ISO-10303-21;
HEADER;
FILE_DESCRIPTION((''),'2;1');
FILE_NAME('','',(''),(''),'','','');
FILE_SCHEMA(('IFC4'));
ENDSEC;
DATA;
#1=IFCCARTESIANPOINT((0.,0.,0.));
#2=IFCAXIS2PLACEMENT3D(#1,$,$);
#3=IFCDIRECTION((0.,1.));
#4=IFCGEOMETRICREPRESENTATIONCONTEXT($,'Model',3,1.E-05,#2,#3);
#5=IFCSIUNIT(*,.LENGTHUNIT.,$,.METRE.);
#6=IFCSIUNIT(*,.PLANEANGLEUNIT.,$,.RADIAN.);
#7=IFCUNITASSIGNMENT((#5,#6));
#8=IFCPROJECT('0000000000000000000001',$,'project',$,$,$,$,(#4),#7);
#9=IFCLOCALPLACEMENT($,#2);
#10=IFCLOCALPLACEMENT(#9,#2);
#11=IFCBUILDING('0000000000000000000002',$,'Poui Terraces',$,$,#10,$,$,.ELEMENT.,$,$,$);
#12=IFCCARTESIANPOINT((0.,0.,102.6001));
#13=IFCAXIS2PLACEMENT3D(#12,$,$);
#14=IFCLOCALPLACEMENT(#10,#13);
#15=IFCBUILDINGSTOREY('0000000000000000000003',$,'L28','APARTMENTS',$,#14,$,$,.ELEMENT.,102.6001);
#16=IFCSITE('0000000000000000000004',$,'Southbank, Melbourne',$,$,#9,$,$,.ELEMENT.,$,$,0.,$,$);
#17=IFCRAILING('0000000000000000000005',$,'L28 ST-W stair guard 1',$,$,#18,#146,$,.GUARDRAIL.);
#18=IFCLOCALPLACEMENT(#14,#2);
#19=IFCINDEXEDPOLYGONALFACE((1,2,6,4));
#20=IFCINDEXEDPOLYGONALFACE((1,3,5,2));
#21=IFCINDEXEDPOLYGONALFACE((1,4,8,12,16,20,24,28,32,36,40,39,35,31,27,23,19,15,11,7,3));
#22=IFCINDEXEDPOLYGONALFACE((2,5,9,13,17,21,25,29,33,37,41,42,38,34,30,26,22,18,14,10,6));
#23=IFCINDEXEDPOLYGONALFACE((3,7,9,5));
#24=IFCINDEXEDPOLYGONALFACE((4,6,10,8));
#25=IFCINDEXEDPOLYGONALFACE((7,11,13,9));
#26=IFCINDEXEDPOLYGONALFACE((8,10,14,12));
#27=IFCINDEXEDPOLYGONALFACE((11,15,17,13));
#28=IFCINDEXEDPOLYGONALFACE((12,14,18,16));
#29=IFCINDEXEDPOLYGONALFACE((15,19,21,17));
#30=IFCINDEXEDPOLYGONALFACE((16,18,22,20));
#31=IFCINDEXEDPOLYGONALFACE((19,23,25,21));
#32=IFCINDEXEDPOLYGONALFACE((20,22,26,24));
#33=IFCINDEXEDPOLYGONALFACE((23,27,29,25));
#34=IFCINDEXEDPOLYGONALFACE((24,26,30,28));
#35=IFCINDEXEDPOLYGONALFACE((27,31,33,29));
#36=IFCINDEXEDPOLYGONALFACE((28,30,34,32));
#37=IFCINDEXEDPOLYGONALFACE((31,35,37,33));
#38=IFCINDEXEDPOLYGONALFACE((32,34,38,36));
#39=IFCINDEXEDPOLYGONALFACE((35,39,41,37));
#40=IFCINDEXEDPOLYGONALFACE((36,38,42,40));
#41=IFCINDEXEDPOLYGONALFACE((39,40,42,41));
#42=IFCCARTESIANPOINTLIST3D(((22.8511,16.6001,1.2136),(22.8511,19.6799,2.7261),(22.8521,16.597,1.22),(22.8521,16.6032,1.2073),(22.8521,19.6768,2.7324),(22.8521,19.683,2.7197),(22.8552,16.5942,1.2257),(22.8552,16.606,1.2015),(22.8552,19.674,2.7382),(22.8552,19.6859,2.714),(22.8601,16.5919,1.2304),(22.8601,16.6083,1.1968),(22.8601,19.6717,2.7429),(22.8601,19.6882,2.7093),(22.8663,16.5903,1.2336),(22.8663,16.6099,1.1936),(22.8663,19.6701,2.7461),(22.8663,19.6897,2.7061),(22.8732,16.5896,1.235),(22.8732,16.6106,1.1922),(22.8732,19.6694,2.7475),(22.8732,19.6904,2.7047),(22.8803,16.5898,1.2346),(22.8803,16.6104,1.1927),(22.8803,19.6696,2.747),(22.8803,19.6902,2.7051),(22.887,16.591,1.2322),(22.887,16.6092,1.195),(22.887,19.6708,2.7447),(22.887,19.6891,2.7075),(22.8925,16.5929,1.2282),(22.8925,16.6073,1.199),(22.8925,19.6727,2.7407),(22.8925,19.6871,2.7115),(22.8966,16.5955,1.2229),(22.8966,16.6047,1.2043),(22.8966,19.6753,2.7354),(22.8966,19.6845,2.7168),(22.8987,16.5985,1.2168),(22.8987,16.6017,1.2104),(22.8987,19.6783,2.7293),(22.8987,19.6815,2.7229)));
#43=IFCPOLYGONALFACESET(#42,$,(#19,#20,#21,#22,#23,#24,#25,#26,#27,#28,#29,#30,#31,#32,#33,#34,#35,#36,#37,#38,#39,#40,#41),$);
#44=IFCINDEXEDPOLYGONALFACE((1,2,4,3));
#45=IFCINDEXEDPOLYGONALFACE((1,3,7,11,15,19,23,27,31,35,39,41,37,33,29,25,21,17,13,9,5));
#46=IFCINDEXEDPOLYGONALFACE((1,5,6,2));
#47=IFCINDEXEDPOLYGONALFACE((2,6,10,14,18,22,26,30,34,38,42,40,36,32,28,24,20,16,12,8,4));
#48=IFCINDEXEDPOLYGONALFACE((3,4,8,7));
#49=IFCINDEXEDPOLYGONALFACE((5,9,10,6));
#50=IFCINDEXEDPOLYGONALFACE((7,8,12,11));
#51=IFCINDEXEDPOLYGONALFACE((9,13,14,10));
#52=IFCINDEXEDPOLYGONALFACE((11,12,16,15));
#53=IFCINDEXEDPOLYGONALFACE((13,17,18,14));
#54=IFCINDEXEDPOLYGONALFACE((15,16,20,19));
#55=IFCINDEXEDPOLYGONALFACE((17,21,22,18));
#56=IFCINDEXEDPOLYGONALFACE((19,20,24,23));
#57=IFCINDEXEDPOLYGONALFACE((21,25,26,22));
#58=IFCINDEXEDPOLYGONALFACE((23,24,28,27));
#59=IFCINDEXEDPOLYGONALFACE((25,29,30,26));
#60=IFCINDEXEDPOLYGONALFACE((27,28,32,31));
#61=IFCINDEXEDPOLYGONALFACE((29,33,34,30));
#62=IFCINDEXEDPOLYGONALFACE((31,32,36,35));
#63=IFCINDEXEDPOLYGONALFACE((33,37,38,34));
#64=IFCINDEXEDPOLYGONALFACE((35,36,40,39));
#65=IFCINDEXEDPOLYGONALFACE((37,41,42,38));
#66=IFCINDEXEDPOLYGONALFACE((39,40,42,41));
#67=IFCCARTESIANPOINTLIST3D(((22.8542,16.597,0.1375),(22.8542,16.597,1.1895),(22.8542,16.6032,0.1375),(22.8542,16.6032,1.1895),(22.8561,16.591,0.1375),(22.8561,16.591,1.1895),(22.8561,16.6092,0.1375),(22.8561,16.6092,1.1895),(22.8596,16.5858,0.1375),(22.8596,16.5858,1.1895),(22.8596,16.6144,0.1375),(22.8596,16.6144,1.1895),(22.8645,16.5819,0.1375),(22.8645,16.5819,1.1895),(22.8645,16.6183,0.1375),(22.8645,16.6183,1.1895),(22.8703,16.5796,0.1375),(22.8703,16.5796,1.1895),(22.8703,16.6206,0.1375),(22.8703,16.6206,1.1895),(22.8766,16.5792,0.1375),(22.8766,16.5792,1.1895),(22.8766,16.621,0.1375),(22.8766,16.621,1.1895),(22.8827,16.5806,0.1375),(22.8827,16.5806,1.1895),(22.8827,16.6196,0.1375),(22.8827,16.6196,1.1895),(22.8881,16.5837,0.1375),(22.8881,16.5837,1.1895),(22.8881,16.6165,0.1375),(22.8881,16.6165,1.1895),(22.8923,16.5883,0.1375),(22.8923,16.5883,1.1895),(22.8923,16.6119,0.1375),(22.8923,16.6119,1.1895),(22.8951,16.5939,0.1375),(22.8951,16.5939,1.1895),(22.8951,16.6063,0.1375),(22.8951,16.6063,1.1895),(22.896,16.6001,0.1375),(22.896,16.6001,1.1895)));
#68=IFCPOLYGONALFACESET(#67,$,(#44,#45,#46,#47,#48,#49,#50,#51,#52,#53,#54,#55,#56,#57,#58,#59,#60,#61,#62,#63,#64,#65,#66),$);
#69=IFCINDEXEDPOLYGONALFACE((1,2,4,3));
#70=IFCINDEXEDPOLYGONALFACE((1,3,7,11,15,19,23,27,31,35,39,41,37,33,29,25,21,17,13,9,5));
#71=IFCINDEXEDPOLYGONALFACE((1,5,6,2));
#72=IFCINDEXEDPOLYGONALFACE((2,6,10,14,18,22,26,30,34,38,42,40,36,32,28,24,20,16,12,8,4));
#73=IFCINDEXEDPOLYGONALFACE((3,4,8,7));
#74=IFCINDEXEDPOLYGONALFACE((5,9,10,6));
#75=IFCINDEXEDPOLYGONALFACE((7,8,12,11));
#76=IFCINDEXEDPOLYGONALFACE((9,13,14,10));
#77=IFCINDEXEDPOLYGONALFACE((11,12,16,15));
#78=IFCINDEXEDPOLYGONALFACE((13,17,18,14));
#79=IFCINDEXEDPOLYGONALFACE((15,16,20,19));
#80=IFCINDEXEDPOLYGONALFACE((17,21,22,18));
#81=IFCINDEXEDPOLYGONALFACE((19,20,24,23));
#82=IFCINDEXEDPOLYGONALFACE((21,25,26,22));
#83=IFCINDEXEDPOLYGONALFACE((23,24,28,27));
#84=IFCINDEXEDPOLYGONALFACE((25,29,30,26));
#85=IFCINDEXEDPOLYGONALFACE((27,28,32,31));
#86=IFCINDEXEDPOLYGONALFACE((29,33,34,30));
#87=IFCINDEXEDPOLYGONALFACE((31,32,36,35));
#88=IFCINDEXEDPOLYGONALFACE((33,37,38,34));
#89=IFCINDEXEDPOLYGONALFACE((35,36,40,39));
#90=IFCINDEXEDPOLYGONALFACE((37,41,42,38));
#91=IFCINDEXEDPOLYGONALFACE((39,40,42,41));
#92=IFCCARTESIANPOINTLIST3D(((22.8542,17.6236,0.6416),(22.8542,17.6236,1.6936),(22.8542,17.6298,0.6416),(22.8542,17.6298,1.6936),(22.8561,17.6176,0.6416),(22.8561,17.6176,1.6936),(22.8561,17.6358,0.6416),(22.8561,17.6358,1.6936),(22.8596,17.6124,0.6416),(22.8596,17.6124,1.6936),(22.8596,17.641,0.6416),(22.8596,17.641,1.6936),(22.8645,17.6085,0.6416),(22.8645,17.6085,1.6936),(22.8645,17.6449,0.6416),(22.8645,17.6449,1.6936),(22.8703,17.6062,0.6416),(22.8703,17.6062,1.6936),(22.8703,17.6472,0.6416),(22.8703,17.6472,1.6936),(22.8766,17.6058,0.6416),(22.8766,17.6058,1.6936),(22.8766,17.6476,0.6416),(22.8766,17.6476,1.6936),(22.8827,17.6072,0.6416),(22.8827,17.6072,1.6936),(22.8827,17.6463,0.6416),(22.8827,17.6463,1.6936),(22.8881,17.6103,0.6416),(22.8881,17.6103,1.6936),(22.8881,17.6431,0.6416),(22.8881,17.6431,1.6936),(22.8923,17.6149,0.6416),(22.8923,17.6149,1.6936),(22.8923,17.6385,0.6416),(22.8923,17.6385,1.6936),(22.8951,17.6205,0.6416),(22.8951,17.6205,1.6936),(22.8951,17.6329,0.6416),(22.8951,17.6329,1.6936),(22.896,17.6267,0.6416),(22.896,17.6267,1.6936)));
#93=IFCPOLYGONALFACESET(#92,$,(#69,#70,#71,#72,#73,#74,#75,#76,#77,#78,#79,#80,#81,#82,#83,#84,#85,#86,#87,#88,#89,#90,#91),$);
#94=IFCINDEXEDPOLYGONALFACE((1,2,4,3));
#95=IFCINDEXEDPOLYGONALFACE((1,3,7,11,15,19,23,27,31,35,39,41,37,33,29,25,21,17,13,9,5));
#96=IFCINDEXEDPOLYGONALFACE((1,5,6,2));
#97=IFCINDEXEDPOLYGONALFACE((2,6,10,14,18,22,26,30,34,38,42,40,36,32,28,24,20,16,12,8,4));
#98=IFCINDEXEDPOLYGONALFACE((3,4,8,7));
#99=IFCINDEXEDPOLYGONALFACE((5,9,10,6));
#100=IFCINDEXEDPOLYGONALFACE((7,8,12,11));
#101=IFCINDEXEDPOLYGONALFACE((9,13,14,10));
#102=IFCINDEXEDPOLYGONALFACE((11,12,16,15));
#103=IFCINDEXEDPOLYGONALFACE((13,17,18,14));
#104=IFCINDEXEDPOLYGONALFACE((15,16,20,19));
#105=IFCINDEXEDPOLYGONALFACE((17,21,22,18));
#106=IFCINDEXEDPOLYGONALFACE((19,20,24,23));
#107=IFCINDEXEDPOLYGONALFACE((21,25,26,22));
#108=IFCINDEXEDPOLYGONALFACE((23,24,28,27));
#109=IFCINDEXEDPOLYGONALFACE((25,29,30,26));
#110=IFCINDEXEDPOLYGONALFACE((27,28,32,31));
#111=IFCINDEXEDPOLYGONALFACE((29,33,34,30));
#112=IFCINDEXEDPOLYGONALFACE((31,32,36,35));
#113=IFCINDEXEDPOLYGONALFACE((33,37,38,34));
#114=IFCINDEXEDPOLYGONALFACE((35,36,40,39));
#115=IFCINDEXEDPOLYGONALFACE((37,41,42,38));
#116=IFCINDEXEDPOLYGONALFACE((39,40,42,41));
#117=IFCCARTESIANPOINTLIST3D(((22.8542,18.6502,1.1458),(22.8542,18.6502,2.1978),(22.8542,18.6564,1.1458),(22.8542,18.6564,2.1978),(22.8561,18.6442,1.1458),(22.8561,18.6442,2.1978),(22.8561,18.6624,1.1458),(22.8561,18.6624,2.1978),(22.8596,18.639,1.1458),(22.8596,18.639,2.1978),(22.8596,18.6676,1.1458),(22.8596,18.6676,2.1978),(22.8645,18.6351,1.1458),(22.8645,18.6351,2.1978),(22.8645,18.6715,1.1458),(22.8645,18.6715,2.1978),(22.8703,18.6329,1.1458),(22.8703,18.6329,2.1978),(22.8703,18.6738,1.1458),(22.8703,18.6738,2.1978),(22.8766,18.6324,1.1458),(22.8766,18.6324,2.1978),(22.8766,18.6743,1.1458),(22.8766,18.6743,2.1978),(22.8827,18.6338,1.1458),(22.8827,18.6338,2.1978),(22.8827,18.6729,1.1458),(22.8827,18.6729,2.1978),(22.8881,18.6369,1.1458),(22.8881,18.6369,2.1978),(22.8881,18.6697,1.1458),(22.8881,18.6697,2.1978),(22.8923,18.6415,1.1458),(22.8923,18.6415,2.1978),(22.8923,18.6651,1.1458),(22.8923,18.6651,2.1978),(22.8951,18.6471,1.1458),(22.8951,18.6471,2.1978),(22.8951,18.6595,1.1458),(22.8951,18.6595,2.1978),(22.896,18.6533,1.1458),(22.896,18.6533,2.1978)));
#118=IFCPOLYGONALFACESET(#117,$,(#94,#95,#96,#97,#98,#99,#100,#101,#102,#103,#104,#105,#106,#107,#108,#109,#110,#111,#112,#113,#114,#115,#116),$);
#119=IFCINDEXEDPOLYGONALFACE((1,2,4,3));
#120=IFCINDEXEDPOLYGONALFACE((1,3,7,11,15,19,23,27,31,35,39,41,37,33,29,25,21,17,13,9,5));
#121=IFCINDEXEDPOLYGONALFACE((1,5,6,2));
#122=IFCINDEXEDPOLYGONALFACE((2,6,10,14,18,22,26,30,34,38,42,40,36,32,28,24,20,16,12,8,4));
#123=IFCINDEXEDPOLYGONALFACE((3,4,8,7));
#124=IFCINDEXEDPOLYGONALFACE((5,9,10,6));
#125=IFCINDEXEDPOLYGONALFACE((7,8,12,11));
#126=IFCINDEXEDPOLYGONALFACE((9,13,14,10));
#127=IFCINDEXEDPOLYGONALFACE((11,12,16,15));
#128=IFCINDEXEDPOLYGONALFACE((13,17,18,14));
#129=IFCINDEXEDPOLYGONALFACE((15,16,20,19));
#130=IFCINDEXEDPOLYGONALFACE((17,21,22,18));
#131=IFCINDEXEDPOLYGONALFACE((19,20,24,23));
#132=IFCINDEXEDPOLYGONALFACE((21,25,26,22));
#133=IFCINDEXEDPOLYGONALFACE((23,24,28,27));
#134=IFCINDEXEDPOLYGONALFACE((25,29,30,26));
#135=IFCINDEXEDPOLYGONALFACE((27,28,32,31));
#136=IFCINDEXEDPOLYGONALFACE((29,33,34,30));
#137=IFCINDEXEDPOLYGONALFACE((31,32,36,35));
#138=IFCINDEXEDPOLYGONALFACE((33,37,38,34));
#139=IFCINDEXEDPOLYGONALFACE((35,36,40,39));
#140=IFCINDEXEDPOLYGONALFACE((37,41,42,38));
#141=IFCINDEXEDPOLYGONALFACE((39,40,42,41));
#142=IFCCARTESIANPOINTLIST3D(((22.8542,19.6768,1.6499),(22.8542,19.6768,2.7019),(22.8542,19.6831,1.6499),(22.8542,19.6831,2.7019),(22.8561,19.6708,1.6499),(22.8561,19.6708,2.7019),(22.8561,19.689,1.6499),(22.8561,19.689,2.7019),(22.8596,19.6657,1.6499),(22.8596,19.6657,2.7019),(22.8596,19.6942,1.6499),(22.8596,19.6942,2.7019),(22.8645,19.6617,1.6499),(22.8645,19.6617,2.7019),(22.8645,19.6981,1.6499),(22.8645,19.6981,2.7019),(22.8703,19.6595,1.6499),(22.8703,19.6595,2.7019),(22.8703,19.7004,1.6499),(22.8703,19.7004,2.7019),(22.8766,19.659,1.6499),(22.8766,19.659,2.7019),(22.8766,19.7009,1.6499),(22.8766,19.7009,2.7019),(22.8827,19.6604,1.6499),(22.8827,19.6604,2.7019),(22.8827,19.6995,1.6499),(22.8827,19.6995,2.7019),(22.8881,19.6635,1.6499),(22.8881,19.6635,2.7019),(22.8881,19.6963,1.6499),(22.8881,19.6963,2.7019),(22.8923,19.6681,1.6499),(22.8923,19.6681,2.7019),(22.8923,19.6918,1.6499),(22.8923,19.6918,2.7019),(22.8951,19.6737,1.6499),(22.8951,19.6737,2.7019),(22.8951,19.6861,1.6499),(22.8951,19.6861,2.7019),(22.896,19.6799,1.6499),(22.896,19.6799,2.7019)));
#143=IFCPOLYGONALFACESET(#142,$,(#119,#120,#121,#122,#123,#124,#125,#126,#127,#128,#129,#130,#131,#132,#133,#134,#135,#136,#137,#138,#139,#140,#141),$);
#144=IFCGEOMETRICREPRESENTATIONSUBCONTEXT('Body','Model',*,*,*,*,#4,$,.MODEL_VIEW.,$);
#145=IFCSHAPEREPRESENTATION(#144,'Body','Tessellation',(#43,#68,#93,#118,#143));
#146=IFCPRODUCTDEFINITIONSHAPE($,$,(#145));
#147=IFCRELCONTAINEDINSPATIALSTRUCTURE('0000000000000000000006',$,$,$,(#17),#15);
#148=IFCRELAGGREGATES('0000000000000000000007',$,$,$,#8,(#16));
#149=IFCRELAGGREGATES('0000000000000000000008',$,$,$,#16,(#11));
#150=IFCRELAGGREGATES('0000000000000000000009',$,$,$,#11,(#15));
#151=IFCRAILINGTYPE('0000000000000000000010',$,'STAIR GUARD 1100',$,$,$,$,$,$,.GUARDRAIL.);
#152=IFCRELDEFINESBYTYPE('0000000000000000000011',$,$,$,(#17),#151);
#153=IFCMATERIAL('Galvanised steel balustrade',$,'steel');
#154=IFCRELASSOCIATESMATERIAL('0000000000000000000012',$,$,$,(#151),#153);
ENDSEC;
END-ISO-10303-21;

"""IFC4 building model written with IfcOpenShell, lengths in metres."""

from ifc_helpers import new_model, si_unit, direction, frame, origin, origin_2d, place, context, subcontext, project, spatial, circle, extrude, material, type_object, element, save


model = new_model("IFC4")

# Units and contexts
model_context = context("Model", 3, precision=1e-05, world=origin(), true_north=direction((0.0, 1.0)))
body_context = subcontext(model_context, "Body", "Model", "MODEL_VIEW")
ifc_project = project(units=[si_unit("LENGTHUNIT", "METRE"), si_unit("PLANEANGLEUNIT", "RADIAN")], contexts=[model_context])

# Site, building, storey
site_placement = place(None, origin())
site = spatial("IfcSite", under=ifc_project, at=site_placement, Name="Southbank, Melbourne", CompositionType="ELEMENT", RefElevation=0.0)
building_placement = place(site_placement, origin())
building = spatial("IfcBuilding", under=site, at=building_placement, Name="Poui Terraces", CompositionType="ELEMENT")
storey_placement = place(building_placement, frame((0.0, 0.0, 102.6001)))
storey = spatial("IfcBuildingStorey", under=building, at=storey_placement, Name="L28", Description="APARTMENTS", CompositionType="ELEMENT", Elevation=102.6001)

# Railing
ifc_material_1 = material(Name="Galvanised steel balustrade", Category="steel")
railing_type_1 = type_object("IfcRailingType", Name="STAIR GUARD 1100", PredefinedType="GUARDRAIL", material=ifc_material_1)
railing_1_placement = place(storey_placement, frame((22.875, 16.6001, 0.1375)))
element("IfcRailing", 1, at=railing_1_placement, inside=storey, type_object=railing_type_1, Name="L28 ST-W stair guard 1", PredefinedType="GUARDRAIL", context=body_context, shape_type="SweptSolid", body=[
    extrude(circle(Radius=0.0239, at=origin_2d()), frame((0.0, 0.0, 1.0762), z_axis=(0.0, 0.897606, 0.440798), x_axis=(-1.0, 0.0, 0.0)), (0.0, 0.0, 1.0), 3.4312),
    extrude(circle(Radius=0.021, at=origin_2d()), origin(), (0.0, 0.0, 1.0), 1.052),
    extrude(circle(Radius=0.021, at=origin_2d()), frame((0.0, 1.0266, 0.5042)), (0.0, 0.0, 1.0), 1.052),
    extrude(circle(Radius=0.021, at=origin_2d()), frame((0.0, 2.0532, 1.0083)), (0.0, 0.0, 1.0), 1.052),
    extrude(circle(Radius=0.021, at=origin_2d()), frame((0.0, 3.0798, 1.5125)), (0.0, 0.0, 1.0), 1.052),
])

save(model, "model.ifc")
